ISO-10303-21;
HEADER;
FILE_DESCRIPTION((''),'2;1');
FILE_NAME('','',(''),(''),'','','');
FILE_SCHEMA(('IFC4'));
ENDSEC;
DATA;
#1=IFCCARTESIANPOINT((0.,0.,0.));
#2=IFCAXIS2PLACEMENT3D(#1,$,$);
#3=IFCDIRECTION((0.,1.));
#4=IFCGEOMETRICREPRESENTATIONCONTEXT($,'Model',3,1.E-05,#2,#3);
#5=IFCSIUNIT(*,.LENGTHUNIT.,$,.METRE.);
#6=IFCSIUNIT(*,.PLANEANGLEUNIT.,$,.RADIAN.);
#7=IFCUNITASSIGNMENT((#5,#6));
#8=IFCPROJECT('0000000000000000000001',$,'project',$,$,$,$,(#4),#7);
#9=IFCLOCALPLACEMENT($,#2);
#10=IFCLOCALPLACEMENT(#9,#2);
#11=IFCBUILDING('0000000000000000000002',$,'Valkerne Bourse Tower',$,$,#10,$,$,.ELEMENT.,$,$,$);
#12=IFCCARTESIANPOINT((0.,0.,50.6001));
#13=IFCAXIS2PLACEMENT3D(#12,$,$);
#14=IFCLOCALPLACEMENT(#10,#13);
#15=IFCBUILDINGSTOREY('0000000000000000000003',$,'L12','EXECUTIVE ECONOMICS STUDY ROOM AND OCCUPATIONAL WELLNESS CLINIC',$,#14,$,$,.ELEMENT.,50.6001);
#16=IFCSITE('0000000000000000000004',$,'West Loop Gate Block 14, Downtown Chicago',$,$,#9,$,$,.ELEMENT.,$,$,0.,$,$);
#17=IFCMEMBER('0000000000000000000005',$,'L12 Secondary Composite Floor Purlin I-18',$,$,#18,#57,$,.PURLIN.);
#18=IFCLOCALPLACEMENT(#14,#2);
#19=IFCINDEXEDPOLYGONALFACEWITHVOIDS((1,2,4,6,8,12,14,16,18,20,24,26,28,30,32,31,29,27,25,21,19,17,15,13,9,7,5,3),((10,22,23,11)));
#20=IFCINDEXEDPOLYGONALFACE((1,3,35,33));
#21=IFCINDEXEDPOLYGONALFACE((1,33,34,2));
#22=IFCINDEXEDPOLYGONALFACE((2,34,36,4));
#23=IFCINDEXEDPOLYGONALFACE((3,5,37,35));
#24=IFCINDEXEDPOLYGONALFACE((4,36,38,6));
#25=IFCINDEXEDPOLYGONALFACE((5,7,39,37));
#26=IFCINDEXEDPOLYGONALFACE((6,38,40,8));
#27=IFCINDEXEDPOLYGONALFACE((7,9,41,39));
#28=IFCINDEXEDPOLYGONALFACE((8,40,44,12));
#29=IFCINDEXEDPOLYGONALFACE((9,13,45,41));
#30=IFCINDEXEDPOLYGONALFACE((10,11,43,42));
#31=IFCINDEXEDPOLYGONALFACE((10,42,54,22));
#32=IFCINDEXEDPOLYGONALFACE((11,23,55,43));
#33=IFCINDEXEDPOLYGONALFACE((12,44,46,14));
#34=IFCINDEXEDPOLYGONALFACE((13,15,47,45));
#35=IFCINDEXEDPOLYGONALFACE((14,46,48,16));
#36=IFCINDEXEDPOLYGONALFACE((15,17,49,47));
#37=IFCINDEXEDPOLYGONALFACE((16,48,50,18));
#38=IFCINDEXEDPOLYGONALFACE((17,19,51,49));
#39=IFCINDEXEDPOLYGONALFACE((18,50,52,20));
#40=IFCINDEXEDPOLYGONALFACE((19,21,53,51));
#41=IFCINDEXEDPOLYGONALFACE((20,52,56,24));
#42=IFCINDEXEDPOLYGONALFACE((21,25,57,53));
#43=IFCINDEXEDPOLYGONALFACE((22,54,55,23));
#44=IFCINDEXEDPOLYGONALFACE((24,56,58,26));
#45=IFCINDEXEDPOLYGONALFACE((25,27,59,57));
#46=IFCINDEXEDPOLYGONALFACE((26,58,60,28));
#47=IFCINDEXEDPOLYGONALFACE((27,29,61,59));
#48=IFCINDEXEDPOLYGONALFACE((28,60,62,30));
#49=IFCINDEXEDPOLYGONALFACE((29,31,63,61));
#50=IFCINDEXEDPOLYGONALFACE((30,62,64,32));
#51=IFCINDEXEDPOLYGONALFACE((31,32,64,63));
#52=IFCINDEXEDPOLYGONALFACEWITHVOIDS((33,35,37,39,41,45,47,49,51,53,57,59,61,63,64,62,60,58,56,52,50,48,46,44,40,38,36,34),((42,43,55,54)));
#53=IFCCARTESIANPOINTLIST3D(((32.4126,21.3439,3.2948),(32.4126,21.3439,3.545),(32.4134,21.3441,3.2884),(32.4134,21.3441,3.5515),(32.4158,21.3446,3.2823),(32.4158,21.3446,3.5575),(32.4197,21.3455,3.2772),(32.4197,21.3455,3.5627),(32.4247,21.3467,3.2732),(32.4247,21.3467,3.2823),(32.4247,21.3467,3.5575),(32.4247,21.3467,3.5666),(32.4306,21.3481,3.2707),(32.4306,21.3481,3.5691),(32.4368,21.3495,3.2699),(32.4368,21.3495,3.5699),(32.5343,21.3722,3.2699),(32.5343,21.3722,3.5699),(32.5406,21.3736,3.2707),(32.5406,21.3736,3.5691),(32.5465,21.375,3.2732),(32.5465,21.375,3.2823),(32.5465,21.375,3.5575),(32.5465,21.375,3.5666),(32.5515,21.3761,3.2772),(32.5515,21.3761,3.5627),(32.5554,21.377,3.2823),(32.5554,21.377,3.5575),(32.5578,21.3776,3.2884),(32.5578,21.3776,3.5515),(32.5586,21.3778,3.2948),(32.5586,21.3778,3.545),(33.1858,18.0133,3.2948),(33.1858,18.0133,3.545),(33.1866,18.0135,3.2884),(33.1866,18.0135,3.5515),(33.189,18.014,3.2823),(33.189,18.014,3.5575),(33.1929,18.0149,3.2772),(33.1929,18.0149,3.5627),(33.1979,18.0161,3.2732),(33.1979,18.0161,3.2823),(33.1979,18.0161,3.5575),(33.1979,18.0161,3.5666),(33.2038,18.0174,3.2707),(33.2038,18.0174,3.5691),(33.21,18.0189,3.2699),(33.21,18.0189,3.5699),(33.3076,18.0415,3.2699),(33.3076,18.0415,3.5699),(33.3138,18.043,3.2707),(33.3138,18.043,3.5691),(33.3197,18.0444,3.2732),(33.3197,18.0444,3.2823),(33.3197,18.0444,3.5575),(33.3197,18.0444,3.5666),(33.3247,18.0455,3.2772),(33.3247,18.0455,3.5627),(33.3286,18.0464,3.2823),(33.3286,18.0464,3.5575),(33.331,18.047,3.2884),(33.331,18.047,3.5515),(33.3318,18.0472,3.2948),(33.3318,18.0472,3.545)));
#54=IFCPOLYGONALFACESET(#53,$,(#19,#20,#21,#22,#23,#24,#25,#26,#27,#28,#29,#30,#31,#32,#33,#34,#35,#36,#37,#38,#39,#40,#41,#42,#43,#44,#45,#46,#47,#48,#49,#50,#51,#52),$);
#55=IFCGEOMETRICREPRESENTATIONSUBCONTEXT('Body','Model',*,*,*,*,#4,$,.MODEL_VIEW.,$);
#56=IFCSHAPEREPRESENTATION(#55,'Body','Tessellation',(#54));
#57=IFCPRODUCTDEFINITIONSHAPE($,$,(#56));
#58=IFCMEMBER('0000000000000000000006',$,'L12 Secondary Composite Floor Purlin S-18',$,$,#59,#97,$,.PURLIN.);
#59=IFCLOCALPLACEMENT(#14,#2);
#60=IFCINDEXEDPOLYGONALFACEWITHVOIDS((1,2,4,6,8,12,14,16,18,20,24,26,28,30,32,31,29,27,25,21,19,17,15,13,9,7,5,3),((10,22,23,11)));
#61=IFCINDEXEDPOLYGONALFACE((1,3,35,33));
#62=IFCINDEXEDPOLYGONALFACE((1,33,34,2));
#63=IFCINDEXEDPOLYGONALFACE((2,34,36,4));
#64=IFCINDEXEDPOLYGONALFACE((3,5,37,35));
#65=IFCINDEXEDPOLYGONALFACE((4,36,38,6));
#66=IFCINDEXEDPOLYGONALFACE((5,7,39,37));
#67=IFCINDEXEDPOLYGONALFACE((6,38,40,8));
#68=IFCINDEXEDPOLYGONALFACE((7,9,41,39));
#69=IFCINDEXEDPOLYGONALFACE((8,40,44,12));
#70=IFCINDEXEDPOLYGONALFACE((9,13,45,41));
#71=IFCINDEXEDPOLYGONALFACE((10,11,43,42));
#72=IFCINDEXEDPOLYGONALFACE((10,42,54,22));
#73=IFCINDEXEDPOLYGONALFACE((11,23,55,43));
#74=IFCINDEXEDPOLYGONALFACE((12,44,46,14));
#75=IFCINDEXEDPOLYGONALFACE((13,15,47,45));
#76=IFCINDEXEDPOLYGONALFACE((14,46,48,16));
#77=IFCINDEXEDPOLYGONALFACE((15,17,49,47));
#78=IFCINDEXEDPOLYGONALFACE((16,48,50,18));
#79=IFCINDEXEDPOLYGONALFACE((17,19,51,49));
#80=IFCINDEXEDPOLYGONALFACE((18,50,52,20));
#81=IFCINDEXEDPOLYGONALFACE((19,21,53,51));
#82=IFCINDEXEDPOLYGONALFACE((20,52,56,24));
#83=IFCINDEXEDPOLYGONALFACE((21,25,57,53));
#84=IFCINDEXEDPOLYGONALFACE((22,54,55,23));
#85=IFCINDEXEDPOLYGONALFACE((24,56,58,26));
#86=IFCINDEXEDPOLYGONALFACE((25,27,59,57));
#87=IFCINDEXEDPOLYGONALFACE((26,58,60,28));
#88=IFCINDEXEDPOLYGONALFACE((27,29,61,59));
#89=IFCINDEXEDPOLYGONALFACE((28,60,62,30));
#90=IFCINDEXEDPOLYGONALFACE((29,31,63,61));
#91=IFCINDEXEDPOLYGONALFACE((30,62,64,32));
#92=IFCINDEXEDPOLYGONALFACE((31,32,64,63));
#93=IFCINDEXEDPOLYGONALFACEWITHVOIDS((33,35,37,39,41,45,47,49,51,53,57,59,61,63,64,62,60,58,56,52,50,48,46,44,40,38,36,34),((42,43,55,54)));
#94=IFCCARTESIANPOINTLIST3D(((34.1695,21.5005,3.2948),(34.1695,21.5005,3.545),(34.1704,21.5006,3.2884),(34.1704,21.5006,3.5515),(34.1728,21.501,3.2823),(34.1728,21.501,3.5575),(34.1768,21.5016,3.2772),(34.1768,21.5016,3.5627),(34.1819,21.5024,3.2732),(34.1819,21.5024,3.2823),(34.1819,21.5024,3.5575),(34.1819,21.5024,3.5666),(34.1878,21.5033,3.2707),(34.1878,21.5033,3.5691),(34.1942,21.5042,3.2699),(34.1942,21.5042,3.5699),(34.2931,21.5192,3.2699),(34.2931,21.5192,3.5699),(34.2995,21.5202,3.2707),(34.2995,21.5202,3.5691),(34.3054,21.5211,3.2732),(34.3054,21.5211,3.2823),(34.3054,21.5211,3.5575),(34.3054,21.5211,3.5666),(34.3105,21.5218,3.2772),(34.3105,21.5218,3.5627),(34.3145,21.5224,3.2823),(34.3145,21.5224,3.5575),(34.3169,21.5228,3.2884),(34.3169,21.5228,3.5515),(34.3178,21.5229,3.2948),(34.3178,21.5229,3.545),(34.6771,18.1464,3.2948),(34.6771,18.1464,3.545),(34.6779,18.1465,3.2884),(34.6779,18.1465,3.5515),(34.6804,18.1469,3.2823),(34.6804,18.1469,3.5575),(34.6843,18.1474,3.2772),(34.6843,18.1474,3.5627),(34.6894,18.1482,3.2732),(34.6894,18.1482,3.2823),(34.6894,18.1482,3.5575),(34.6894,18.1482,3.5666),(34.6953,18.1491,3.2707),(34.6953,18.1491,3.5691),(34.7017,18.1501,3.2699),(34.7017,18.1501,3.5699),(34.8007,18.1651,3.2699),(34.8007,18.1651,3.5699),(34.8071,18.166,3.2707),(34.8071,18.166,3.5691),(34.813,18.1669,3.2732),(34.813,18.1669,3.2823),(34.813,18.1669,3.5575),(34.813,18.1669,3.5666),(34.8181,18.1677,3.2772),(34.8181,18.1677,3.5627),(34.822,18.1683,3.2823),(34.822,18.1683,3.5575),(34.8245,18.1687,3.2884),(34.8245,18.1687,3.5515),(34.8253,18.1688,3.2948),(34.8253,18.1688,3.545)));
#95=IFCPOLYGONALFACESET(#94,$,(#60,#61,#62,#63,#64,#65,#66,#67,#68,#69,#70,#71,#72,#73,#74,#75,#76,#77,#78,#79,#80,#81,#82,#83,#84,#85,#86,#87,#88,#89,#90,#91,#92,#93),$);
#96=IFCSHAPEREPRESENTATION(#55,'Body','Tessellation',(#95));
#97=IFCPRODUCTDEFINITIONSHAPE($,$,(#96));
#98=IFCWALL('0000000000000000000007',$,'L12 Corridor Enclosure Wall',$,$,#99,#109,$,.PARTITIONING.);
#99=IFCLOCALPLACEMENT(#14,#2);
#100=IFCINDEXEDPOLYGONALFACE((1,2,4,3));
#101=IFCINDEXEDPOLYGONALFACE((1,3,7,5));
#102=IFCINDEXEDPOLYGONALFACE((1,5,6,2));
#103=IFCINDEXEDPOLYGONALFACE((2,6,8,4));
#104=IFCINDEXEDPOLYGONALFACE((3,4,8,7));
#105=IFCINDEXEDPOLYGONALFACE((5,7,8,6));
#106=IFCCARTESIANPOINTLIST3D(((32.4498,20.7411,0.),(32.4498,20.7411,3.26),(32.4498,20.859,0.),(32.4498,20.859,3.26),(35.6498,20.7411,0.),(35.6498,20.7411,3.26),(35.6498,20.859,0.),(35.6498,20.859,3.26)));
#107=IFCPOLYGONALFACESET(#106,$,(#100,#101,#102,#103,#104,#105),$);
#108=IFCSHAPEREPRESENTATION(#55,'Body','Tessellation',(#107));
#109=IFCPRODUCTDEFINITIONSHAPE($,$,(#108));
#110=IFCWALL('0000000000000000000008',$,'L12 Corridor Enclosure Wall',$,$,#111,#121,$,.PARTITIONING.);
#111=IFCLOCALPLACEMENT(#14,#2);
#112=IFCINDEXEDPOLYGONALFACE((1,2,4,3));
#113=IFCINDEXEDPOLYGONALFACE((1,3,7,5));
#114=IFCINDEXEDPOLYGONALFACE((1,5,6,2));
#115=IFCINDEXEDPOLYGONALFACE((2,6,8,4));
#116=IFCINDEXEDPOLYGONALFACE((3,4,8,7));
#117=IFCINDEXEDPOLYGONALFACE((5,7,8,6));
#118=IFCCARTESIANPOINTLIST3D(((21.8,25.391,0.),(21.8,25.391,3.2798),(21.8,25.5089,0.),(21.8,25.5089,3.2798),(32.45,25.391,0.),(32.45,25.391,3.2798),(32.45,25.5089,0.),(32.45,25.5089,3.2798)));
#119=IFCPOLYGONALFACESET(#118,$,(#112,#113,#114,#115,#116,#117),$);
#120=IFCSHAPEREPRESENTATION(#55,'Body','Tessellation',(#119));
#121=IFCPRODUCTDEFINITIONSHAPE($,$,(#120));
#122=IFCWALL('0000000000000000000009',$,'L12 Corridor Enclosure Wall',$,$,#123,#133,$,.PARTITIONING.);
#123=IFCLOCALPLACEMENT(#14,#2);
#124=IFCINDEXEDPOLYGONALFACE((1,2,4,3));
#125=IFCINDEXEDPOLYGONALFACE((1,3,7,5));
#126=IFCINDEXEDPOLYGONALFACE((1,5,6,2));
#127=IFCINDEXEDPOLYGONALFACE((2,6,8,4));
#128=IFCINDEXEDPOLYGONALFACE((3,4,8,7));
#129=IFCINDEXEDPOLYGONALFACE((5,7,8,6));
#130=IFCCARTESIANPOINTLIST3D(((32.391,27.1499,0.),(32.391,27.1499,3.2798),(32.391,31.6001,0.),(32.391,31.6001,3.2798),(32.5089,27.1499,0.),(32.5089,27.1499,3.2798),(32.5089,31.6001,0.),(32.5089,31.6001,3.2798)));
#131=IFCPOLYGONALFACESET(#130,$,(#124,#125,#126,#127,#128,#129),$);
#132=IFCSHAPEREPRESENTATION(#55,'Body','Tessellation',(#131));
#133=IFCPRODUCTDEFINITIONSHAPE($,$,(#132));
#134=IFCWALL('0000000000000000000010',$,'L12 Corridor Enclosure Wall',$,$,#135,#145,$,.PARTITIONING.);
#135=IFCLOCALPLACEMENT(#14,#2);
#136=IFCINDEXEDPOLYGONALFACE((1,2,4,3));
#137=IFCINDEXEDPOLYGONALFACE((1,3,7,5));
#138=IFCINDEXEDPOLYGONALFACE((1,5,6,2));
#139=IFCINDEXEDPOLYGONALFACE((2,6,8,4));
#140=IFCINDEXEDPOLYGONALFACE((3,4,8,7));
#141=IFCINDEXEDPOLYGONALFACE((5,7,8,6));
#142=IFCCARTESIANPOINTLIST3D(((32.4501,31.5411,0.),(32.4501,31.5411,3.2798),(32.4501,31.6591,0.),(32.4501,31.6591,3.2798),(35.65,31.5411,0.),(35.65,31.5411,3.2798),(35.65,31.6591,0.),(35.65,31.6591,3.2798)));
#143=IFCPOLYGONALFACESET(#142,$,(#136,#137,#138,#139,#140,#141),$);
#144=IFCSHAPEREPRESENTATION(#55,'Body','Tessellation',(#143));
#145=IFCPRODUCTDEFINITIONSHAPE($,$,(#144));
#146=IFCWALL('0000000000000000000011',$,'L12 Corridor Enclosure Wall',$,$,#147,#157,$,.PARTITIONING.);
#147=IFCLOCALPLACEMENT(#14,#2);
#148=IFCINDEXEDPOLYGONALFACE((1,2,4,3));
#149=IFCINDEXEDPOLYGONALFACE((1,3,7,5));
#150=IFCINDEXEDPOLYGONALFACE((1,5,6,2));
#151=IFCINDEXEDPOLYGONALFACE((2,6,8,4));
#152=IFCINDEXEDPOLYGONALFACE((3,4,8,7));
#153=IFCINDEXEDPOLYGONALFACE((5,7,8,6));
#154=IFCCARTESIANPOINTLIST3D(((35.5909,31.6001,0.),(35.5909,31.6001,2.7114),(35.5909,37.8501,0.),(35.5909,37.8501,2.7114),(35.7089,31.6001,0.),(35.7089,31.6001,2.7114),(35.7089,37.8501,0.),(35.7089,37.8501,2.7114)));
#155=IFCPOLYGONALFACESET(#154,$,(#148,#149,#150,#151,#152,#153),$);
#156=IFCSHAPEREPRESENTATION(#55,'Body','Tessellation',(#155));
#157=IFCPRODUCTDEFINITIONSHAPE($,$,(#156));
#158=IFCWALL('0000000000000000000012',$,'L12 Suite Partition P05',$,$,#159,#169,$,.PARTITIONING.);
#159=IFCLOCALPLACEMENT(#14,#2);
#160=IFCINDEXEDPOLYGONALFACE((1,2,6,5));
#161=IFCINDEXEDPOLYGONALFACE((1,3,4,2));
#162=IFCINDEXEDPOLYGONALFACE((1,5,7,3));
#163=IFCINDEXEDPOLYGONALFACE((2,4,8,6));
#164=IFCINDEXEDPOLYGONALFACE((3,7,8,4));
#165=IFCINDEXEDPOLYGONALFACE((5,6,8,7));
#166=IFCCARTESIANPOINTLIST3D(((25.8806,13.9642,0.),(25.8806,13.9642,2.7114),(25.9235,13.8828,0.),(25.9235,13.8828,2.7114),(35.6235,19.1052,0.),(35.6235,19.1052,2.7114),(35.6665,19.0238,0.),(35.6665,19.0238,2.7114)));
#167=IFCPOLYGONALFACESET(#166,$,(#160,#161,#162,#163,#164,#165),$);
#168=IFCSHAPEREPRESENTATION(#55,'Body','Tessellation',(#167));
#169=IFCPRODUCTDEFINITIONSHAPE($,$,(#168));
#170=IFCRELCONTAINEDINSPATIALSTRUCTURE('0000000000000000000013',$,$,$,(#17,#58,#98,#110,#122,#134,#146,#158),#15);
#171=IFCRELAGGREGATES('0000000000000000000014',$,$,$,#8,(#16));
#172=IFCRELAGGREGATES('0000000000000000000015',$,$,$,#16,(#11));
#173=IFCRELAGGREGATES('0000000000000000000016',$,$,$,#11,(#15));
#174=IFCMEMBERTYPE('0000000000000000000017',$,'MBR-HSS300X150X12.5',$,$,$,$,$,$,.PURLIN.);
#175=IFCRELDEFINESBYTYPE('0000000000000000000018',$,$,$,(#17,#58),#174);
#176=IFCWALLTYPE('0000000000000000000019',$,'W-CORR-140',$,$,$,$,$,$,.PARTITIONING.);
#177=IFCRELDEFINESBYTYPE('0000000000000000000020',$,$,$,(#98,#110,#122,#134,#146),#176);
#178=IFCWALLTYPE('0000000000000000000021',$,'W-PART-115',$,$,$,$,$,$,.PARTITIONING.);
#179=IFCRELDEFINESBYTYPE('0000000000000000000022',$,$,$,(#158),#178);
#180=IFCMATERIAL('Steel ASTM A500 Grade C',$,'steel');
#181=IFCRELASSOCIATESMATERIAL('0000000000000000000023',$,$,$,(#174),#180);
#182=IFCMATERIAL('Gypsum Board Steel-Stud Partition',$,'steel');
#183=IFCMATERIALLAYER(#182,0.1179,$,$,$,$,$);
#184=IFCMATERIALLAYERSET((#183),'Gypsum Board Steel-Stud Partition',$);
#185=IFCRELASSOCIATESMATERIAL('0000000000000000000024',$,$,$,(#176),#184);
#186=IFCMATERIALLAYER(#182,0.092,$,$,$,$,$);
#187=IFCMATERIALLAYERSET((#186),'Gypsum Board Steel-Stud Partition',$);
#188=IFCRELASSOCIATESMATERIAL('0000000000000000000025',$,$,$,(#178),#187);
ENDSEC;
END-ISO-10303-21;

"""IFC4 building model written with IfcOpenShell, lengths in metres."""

from ifc_helpers import new_model, si_unit, direction, frame, frame_2d, origin, origin_2d, place, context, subcontext, project, spatial, rectangle, hollow_rectangle, extrude, material, layer, layer_set, material_profile, profile_set, type_object, element, save


model = new_model("IFC4")

# Units and contexts
model_context = context("Model", 3, precision=1e-05, world=origin(), true_north=direction((0.0, 1.0)))
body_context = subcontext(model_context, "Body", "Model", "MODEL_VIEW")
ifc_project = project(units=[si_unit("LENGTHUNIT", "METRE"), si_unit("PLANEANGLEUNIT", "RADIAN")], contexts=[model_context])

# Site, building, storey
site_placement = place(None, origin())
site = spatial("IfcSite", under=ifc_project, at=site_placement, Name="West Loop Gate Block 14, Downtown Chicago", CompositionType="ELEMENT", RefElevation=0.0)
building_placement = place(site_placement, origin())
building = spatial("IfcBuilding", under=site, at=building_placement, Name="Valkerne Bourse Tower", CompositionType="ELEMENT")
storey_placement = place(building_placement, frame((0.0, 0.0, 50.6001)))
storey = spatial("IfcBuildingStorey", under=building, at=storey_placement, Name="L12", Description="EXECUTIVE ECONOMICS STUDY ROOM AND OCCUPATIONAL WELLNESS CLINIC", CompositionType="ELEMENT", Elevation=50.6001)

# Members
ifc_material_1 = material(Name="Steel ASTM A500 Grade C", Category="steel")
ifc_material_profile = material_profile(ifc_material_1, hollow_rectangle(XDim=0.1499, YDim=0.3, WallThickness=0.0125, OuterFilletRadius=0.0249, at=origin_2d()), Name="HSS300X150X12.5")
ifc_profile_set = profile_set([ifc_material_profile], Name="Steel ASTM A500 Grade C")
member_type = type_object("IfcMemberType", Name="MBR-HSS300X150X12.5", PredefinedType="PURLIN", material=ifc_profile_set)
member_1_placement = place(storey_placement, frame((32.4856, 21.3608, 3.4199), z_axis=(0.226137, -0.974096, 0.0), x_axis=(0.974096, 0.226137, 0.0)))
element("IfcMember", 1, at=member_1_placement, inside=storey, type_object=member_type, Name="L12 Secondary Composite Floor Purlin I-18", PredefinedType="PURLIN", context=body_context, shape_type="SweptSolid", body=[
    extrude(hollow_rectangle(XDim=0.1499, YDim=0.3, WallThickness=0.0125, OuterFilletRadius=0.0249, at=origin_2d()), origin(), (0.0, 0.0, 1.0), 3.4192),
])
member_2_placement = place(storey_placement, frame((34.2437, 21.5117, 3.4199), z_axis=(0.149618, -0.988744, 0.0), x_axis=(0.988744, 0.149618, 0.0)))
element("IfcMember", 2, at=member_2_placement, inside=storey, type_object=member_type, Name="L12 Secondary Composite Floor Purlin S-18", PredefinedType="PURLIN", context=body_context, shape_type="SweptSolid", body=[
    extrude(hollow_rectangle(XDim=0.1499, YDim=0.3, WallThickness=0.0125, OuterFilletRadius=0.0249, at=origin_2d()), origin(), (0.0, 0.0, 1.0), 3.3923),
])

# Walls
ifc_material_2 = material(Name="Gypsum Board Steel-Stud Partition", Category="steel")
ifc_layer_1 = layer(ifc_material_2, 0.1179)
ifc_layer_set_1 = layer_set([ifc_layer_1], Name="Gypsum Board Steel-Stud Partition")
wall_type_1 = type_object("IfcWallType", Name="W-CORR-140", PredefinedType="PARTITIONING", material=ifc_layer_set_1)
wall_1_placement = place(storey_placement, frame((35.6499, 20.8, 0.0), z_axis=(0.0, 0.0, 1.0), x_axis=(-1.0, 0.0, 0.0)))
element("IfcWall", 3, at=wall_1_placement, inside=storey, type_object=wall_type_1, Name="L12 Corridor Enclosure Wall", PredefinedType="PARTITIONING", context=body_context, shape_type="SweptSolid", body=[
    extrude(rectangle(XDim=3.2, YDim=0.1179, at=frame_2d((1.6001, 0.0))), origin(), (0.0, 0.0, 1.0), 3.26),
])
wall_2_placement = place(storey_placement, frame((32.45, 25.45, 0.0), z_axis=(0.0, 0.0, 1.0), x_axis=(-1.0, 0.0, 0.0)))
element("IfcWall", 4, at=wall_2_placement, inside=storey, type_object=wall_type_1, Name="L12 Corridor Enclosure Wall", PredefinedType="PARTITIONING", context=body_context, shape_type="SweptSolid", body=[
    extrude(rectangle(XDim=10.6499, YDim=0.1179, at=frame_2d((5.325, 0.0))), origin(), (0.0, 0.0, 1.0), 3.2798),
])
wall_3_placement = place(storey_placement, frame((32.45, 27.1499, 0.0), z_axis=(0.0, 0.0, 1.0), x_axis=(0.0, 1.0, 0.0)))
element("IfcWall", 5, at=wall_3_placement, inside=storey, type_object=wall_type_1, Name="L12 Corridor Enclosure Wall", PredefinedType="PARTITIONING", context=body_context, shape_type="SweptSolid", body=[
    extrude(rectangle(XDim=4.4502, YDim=0.1179, at=frame_2d((2.2251, 0.0))), origin(), (0.0, 0.0, 1.0), 3.2798),
])
wall_4_placement = place(storey_placement, frame((32.45, 31.6001, 0.0), z_axis=(0.0, 0.0, 1.0), x_axis=(1.0, 0.0, 0.0)))
element("IfcWall", 6, at=wall_4_placement, inside=storey, type_object=wall_type_1, Name="L12 Corridor Enclosure Wall", PredefinedType="PARTITIONING", context=body_context, shape_type="SweptSolid", body=[
    extrude(rectangle(XDim=3.2, YDim=0.1179, at=frame_2d((1.6001, 0.0))), origin(), (0.0, 0.0, 1.0), 3.2798),
])
wall_5_placement = place(storey_placement, frame((35.6499, 31.6001, 0.0), z_axis=(0.0, 0.0, 1.0), x_axis=(0.0, 1.0, 0.0)))
element("IfcWall", 7, at=wall_5_placement, inside=storey, type_object=wall_type_1, Name="L12 Corridor Enclosure Wall", PredefinedType="PARTITIONING", context=body_context, shape_type="SweptSolid", body=[
    extrude(rectangle(XDim=6.25, YDim=0.1179, at=frame_2d((3.125, 0.0))), origin(), (0.0, 0.0, 1.0), 2.7114),
])
ifc_layer_2 = layer(ifc_material_2, 0.092)
ifc_layer_set_2 = layer_set([ifc_layer_2], Name="Gypsum Board Steel-Stud Partition")
wall_type_2 = type_object("IfcWallType", Name="W-PART-115", PredefinedType="PARTITIONING", material=ifc_layer_set_2)
wall_6_placement = place(storey_placement, frame((35.645, 19.0645, 0.0), z_axis=(0.0, 0.0, 1.0), x_axis=(-0.884431, -0.466671, 0.0)))
element("IfcWall", 8, at=wall_6_placement, inside=storey, type_object=wall_type_2, Name="L12 Suite Partition P05", PredefinedType="PARTITIONING", context=body_context, shape_type="SweptSolid", body=[
    extrude(rectangle(XDim=11.0161, YDim=0.092, at=frame_2d((5.5081, 0.0))), origin(), (0.0, 0.0, 1.0), 2.7114),
])

save(model, "model.ifc")
